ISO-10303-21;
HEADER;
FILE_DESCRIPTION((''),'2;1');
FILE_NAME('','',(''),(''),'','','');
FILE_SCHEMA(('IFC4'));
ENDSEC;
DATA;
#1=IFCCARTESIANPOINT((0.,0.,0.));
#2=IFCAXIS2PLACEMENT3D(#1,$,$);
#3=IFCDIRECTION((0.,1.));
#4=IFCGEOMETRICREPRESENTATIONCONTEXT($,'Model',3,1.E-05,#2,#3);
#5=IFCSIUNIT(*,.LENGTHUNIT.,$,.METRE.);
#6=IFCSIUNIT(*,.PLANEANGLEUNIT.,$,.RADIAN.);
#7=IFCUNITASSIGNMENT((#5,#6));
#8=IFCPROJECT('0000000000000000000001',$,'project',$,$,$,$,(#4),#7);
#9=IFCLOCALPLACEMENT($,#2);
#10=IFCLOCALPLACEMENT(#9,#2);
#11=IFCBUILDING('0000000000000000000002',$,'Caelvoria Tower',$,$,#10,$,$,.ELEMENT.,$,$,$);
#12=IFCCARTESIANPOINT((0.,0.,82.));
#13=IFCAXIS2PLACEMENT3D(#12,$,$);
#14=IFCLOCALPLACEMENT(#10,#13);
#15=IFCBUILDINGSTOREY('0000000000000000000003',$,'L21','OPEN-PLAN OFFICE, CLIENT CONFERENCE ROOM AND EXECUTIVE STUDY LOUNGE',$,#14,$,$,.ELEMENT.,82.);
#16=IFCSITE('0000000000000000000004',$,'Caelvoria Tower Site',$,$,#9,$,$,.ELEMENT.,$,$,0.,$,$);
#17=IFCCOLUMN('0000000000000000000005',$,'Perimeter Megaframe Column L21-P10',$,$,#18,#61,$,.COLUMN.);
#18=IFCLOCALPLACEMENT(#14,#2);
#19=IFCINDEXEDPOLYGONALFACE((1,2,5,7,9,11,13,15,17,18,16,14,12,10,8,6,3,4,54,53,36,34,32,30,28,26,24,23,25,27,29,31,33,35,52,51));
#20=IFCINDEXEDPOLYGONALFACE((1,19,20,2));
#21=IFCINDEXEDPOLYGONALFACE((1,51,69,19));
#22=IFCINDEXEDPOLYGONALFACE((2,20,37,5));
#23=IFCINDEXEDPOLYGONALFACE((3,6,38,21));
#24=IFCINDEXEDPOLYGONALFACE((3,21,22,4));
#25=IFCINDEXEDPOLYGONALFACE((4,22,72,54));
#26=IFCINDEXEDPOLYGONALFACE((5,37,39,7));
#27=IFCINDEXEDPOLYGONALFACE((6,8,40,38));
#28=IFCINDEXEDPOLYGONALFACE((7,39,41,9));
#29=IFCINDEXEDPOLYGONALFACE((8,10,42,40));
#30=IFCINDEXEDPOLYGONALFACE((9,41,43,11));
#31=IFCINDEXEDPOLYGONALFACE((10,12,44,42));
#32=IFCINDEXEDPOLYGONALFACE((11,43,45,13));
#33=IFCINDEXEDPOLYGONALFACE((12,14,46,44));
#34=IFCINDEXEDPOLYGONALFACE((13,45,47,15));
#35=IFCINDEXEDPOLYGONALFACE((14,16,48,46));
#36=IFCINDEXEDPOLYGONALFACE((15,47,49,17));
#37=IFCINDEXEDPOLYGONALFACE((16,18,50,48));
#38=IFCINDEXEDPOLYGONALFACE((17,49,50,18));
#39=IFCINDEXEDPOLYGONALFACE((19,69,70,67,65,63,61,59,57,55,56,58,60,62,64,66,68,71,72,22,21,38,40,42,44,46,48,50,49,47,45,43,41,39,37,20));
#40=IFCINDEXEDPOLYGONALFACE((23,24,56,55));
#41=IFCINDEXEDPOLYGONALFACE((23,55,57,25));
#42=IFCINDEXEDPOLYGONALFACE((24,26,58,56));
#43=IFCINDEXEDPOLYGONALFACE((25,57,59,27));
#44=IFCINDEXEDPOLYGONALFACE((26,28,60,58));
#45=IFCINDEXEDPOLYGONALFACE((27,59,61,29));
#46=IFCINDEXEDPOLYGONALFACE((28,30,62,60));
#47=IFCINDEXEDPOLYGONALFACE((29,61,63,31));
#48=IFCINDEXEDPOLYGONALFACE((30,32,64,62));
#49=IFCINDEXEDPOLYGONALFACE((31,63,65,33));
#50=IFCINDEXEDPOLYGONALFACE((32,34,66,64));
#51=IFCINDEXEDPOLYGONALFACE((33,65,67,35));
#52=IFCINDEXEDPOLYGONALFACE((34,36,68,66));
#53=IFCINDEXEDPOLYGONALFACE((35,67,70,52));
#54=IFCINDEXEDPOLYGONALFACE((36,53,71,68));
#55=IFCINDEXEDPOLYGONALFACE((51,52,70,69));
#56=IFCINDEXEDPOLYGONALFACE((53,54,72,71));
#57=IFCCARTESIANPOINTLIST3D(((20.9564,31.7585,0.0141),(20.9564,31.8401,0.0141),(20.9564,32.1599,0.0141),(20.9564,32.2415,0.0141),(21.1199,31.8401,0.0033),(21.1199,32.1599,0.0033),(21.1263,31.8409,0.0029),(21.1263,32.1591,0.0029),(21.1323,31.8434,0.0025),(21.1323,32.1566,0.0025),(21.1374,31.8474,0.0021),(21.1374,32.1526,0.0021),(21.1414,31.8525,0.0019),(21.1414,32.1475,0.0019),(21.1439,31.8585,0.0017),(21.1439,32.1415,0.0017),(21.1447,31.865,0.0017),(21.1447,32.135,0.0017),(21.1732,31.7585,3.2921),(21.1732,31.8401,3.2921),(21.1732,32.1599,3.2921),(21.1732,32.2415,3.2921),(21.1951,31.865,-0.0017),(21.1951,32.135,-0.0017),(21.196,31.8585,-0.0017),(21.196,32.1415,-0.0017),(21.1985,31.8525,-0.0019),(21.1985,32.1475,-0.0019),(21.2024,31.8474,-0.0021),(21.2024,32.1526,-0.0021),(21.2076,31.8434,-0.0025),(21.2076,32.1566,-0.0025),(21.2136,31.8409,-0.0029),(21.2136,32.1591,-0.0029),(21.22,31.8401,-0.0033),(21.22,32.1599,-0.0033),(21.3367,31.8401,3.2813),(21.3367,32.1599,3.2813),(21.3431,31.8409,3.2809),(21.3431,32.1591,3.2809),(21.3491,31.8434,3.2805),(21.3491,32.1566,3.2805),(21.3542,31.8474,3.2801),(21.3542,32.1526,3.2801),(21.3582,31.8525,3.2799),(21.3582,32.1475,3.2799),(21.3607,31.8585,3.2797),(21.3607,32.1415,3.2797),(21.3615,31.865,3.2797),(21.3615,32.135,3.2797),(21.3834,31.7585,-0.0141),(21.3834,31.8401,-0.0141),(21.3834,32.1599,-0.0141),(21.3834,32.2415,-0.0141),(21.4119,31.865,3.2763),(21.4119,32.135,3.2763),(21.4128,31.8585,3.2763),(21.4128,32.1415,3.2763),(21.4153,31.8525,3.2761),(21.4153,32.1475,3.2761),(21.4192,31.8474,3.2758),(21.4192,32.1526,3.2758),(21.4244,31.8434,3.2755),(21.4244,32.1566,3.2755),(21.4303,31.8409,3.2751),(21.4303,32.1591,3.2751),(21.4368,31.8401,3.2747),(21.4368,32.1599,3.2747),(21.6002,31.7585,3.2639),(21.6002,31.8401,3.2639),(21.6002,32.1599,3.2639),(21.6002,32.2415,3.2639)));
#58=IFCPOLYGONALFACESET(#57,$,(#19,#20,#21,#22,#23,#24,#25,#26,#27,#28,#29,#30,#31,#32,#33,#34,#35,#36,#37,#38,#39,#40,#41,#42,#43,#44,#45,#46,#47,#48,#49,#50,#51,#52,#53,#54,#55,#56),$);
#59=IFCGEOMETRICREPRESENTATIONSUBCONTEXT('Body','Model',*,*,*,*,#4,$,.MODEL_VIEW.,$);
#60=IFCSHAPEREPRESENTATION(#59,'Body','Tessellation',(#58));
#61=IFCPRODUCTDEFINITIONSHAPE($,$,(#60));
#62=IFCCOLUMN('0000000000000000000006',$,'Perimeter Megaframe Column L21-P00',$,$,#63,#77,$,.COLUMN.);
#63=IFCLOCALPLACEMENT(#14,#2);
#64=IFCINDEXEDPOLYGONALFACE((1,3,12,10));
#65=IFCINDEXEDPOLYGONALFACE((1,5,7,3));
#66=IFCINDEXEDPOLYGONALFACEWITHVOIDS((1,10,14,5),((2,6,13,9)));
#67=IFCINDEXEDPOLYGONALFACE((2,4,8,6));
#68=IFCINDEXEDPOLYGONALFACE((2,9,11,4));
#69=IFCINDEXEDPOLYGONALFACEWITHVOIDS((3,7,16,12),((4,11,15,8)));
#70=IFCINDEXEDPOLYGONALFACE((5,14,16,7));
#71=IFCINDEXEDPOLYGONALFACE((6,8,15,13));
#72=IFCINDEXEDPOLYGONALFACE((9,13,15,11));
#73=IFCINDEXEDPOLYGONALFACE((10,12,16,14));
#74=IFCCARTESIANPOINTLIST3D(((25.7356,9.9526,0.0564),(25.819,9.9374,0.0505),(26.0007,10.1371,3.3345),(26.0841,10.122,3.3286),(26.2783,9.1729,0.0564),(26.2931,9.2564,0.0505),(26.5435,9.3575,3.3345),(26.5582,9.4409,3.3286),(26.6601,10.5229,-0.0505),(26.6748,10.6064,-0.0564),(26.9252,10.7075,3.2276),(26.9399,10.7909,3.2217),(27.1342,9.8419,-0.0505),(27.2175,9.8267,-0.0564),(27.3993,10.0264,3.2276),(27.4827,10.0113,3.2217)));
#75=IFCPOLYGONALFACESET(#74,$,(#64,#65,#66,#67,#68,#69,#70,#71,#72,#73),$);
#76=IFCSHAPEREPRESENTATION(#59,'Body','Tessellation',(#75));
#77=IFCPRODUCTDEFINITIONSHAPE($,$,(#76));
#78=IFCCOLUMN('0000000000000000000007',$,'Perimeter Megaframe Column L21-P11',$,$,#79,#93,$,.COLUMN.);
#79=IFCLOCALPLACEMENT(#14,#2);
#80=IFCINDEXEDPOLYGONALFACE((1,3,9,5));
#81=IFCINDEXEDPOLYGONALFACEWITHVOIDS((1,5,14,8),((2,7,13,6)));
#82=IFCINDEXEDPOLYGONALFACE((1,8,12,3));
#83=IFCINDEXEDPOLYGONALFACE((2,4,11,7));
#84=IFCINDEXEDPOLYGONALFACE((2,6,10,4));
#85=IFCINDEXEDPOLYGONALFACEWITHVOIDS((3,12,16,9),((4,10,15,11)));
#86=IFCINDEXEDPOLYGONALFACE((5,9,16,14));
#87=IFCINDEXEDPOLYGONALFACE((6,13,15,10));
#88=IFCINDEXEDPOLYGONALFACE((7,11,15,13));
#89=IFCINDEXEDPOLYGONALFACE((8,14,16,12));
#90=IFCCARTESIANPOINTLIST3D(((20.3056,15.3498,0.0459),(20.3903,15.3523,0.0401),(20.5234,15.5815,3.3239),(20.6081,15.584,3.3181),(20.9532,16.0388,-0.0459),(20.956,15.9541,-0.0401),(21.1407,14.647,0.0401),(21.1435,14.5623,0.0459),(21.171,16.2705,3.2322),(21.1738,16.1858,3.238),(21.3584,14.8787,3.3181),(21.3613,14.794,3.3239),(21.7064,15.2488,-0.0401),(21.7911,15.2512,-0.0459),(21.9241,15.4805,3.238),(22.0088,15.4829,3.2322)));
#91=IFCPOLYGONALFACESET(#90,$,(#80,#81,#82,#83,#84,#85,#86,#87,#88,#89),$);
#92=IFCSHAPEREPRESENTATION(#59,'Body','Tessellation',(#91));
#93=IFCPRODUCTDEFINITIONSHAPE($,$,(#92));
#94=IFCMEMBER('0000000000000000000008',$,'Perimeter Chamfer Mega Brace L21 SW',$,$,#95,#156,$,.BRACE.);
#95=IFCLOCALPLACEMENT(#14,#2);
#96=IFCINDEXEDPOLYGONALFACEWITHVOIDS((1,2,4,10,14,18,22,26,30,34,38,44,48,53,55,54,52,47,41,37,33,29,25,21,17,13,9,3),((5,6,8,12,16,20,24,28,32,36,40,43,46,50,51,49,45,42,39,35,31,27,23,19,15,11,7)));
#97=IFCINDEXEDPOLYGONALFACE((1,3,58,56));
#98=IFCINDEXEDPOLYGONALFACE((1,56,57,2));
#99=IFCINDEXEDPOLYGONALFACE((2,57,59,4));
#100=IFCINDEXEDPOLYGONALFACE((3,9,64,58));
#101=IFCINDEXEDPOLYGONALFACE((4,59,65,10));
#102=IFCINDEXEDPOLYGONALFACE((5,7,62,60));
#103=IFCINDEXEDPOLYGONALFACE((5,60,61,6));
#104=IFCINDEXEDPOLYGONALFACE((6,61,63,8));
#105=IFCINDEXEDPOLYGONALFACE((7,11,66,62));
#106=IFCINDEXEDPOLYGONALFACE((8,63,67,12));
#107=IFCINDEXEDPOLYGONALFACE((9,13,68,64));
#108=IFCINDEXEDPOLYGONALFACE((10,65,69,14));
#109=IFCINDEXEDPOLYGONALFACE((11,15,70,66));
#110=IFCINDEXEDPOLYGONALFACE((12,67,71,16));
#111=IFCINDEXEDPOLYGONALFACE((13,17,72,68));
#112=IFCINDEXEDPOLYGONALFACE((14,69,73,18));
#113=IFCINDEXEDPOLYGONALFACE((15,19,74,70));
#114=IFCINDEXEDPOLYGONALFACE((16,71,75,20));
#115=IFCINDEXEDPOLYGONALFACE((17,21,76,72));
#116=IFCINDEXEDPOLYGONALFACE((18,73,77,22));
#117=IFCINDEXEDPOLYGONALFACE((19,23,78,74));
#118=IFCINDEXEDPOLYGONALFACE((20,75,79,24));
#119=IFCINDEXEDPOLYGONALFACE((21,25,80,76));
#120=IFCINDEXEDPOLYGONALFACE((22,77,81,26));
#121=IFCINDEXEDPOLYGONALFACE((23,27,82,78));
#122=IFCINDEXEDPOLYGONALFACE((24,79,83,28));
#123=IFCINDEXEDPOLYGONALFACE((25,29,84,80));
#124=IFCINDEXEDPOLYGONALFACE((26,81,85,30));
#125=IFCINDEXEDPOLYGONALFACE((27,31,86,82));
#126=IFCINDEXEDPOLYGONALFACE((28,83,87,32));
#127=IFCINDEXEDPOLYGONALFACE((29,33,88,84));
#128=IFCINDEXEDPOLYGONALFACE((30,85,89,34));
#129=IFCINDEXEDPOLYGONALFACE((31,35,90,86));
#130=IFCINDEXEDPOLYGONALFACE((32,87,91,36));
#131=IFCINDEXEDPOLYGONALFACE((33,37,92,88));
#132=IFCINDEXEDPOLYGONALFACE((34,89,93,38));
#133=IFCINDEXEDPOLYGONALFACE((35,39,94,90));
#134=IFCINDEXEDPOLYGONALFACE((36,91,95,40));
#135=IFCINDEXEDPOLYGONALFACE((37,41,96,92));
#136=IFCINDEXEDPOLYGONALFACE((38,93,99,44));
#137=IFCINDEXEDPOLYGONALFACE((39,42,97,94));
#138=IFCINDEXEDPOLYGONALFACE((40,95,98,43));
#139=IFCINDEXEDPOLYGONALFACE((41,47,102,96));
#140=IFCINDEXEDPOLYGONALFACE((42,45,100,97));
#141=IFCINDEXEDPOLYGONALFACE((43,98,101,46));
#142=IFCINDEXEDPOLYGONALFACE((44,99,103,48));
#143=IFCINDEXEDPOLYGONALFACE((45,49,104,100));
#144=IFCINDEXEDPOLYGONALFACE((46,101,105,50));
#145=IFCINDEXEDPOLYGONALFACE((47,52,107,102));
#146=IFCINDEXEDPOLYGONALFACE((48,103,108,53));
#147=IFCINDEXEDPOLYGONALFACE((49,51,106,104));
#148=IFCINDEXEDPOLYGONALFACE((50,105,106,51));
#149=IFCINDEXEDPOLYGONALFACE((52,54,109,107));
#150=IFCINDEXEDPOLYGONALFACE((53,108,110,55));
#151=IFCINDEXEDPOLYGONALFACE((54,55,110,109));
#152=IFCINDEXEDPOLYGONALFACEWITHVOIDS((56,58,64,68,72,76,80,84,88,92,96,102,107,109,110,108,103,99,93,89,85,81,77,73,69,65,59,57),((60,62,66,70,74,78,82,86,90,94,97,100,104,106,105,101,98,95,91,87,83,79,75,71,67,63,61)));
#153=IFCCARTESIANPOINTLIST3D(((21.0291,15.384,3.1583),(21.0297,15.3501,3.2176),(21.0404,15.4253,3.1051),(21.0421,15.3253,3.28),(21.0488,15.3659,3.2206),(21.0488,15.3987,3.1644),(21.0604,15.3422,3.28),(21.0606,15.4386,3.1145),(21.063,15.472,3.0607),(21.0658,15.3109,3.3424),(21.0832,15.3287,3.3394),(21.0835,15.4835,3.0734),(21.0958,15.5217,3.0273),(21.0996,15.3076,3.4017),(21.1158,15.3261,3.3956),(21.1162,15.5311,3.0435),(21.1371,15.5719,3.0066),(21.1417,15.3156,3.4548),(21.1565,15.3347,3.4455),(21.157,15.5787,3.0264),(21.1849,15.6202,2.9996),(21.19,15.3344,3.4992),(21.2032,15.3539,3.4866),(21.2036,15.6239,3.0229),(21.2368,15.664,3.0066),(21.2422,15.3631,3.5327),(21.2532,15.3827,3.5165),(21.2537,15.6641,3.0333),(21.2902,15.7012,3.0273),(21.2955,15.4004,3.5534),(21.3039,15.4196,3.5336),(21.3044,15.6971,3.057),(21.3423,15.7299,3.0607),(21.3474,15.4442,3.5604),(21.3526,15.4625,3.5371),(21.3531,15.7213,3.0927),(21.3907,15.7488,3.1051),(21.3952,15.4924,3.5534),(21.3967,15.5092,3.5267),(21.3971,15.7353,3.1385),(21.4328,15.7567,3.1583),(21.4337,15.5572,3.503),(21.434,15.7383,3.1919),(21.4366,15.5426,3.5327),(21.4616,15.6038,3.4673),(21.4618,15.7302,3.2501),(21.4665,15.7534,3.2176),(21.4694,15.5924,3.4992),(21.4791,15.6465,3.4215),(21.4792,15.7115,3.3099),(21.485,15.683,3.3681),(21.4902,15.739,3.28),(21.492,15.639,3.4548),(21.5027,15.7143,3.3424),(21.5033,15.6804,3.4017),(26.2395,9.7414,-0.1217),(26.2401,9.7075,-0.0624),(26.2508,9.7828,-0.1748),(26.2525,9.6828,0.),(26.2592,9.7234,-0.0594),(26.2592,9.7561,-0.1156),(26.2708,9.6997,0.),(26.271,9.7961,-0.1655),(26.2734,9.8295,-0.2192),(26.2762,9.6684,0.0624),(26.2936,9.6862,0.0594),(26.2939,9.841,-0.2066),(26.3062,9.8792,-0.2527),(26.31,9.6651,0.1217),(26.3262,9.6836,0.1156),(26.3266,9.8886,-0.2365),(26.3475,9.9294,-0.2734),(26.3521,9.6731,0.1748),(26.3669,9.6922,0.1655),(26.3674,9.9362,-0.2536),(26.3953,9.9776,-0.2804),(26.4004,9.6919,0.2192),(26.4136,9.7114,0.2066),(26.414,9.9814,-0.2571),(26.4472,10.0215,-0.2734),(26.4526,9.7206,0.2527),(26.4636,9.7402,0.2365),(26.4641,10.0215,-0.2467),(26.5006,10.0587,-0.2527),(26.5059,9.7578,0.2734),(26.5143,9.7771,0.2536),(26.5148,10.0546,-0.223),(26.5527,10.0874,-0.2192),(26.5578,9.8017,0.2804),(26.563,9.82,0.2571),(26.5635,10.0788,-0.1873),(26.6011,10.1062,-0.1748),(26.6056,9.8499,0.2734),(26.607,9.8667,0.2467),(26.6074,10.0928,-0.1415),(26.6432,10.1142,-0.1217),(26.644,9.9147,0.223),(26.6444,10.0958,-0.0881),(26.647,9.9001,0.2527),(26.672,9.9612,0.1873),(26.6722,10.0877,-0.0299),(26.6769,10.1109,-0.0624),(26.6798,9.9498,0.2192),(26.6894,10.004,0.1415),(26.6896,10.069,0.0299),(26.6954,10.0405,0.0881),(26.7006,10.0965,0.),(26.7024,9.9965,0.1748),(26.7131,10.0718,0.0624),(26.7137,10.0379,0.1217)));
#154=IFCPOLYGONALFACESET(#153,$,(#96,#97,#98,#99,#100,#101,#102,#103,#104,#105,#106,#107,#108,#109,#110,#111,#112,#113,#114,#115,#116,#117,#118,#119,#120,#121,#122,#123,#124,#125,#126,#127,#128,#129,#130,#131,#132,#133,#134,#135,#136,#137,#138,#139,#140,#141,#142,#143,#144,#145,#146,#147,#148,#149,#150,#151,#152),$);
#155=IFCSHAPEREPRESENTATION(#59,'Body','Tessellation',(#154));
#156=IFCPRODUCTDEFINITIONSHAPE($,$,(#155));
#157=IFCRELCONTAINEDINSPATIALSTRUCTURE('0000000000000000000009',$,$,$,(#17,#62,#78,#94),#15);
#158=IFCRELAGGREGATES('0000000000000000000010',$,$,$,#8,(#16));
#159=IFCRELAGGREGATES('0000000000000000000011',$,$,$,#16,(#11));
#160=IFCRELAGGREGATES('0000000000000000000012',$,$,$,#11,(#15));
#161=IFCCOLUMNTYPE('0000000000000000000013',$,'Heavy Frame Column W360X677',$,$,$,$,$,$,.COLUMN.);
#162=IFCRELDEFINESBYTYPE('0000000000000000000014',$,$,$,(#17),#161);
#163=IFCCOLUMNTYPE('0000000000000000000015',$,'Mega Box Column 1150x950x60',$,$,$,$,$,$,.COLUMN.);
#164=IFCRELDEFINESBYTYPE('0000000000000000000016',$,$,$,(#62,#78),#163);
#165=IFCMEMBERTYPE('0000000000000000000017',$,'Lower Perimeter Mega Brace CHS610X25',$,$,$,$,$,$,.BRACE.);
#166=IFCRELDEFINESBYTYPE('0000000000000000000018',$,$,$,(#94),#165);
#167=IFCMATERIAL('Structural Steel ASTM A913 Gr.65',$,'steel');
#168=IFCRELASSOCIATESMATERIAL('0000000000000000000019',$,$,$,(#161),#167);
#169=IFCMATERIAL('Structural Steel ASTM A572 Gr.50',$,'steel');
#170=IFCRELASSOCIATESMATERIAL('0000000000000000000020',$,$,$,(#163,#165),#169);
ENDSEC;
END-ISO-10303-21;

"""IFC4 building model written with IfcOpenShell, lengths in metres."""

from ifc_helpers import new_model, si_unit, direction, frame, origin, origin_2d, place, context, subcontext, project, spatial, hollow_rectangle, hollow_circle, i_section, extrude, material, material_profile, profile_set, type_object, element, save


model = new_model("IFC4")

# Units and contexts
model_context = context("Model", 3, precision=1e-05, world=origin(), true_north=direction((0.0, 1.0)))
body_context = subcontext(model_context, "Body", "Model", "MODEL_VIEW")
ifc_project = project(units=[si_unit("LENGTHUNIT", "METRE"), si_unit("PLANEANGLEUNIT", "RADIAN")], contexts=[model_context])

# Site, building, storey
site_placement = place(None, origin())
site = spatial("IfcSite", under=ifc_project, at=site_placement, Name="Caelvoria Tower Site", CompositionType="ELEMENT", RefElevation=0.0)
building_placement = place(site_placement, origin())
building = spatial("IfcBuilding", under=site, at=building_placement, Name="Caelvoria Tower", CompositionType="ELEMENT")
storey_placement = place(building_placement, frame((0.0, 0.0, 82.0)))
storey = spatial("IfcBuildingStorey", under=building, at=storey_placement, Name="L21", Description="OPEN-PLAN OFFICE, CLIENT CONFERENCE ROOM AND EXECUTIVE STUDY LOUNGE", CompositionType="ELEMENT", Elevation=82.0)

# Columns
ifc_material_1 = material(Name="Structural Steel ASTM A913 Gr.65", Category="steel")
ifc_material_profile_1 = material_profile(ifc_material_1, i_section(OverallWidth=0.428, OverallDepth=0.4829, WebThickness=0.0505, FlangeThickness=0.0815, FilletRadius=0.0249, at=origin_2d()), Name="Structural Steel ASTM A913 Gr.65")
ifc_profile_set_1 = profile_set([ifc_material_profile_1], Name="W360X677 - Structural Steel ASTM A913 Gr.65")
column_type_1 = type_object("IfcColumnType", Name="Heavy Frame Column W360X677", PredefinedType="COLUMN", material=ifc_profile_set_1)
column_1_placement = place(storey_placement, frame((21.1699, 32.0, 0.0), z_axis=(0.065991, 0.0, 0.99782), x_axis=(-0.99782, 0.0, 0.065991)))
element("IfcColumn", 1, at=column_1_placement, inside=storey, type_object=column_type_1, Name="Perimeter Megaframe Column L21-P10", PredefinedType="COLUMN", context=body_context, shape_type="SweptSolid", body=[
    extrude(i_section(OverallWidth=0.428, OverallDepth=0.4829, WebThickness=0.0505, FlangeThickness=0.0815, FilletRadius=0.0249, at=origin_2d()), origin(), (0.0, 0.0, 1.0), 3.2852),
])
ifc_material_2 = material(Name="Structural Steel ASTM A572 Gr.50", Category="steel")
ifc_material_profile_2 = material_profile(ifc_material_2, hollow_rectangle(XDim=0.95, YDim=1.1499, WallThickness=0.0601, at=origin_2d()), Name="Structural Steel ASTM A572 Gr.50")
ifc_profile_set_2 = profile_set([ifc_material_profile_2], Name="BOX1150X950X60 - Structural Steel ASTM A572 Gr.50")
column_type_2 = type_object("IfcColumnType", Name="Mega Box Column 1150x950x60", PredefinedType="COLUMN", material=ifc_profile_set_2)
column_2_placement = place(storey_placement, frame((26.4766, 9.8896, 0.0), z_axis=(0.080492, 0.056033, 0.995179), x_axis=(-0.57133, 0.82072, 0.0)))
element("IfcColumn", 2, at=column_2_placement, inside=storey, type_object=column_type_2, Name="Perimeter Megaframe Column L21-P00", PredefinedType="COLUMN", context=body_context, shape_type="SweptSolid", body=[
    extrude(hollow_rectangle(XDim=0.95, YDim=1.1499, WallThickness=0.0601, at=origin_2d()), origin(), (0.0, 0.0, 1.0), 3.2939),
])
column_3_placement = place(storey_placement, frame((21.0483, 15.3005, 0.0), z_axis=(0.066123, 0.070348, 0.995329), x_axis=(-0.681686, -0.725247, 0.096546)))
element("IfcColumn", 3, at=column_3_placement, inside=storey, type_object=column_type_2, Name="Perimeter Megaframe Column L21-P11", PredefinedType="COLUMN", context=body_context, shape_type="SweptSolid", body=[
    extrude(hollow_rectangle(XDim=0.95, YDim=1.1499, WallThickness=0.0601, at=origin_2d()), origin(), (0.0, 0.0, 1.0), 3.2935),
])

# Member
ifc_material_profile_3 = material_profile(ifc_material_2, hollow_circle(Radius=0.3049, WallThickness=0.0249, at=origin_2d()), Name="Structural Steel ASTM A572 Gr.50")
ifc_profile_set_3 = profile_set([ifc_material_profile_3], Name="CHS610X25 - Structural Steel ASTM A572 Gr.50")
member_type = type_object("IfcMemberType", Name="Lower Perimeter Mega Brace CHS610X25", PredefinedType="BRACE", material=ifc_profile_set_3)
member_1_placement = place(storey_placement, frame((26.4766, 9.8896, 0.0), z_axis=(-0.6239, 0.675644, 0.392752), x_axis=(-0.734679, -0.678415, 0.0)))
element("IfcMember", 4, at=member_1_placement, inside=storey, type_object=member_type, Name="Perimeter Chamfer Mega Brace L21 SW", PredefinedType="BRACE", context=body_context, shape_type="SweptSolid", body=[
    extrude(hollow_circle(Radius=0.3049, WallThickness=0.0249, at=origin_2d()), origin(), (0.0, 0.0, 1.0), 8.3513),
])

save(model, "model.ifc")
